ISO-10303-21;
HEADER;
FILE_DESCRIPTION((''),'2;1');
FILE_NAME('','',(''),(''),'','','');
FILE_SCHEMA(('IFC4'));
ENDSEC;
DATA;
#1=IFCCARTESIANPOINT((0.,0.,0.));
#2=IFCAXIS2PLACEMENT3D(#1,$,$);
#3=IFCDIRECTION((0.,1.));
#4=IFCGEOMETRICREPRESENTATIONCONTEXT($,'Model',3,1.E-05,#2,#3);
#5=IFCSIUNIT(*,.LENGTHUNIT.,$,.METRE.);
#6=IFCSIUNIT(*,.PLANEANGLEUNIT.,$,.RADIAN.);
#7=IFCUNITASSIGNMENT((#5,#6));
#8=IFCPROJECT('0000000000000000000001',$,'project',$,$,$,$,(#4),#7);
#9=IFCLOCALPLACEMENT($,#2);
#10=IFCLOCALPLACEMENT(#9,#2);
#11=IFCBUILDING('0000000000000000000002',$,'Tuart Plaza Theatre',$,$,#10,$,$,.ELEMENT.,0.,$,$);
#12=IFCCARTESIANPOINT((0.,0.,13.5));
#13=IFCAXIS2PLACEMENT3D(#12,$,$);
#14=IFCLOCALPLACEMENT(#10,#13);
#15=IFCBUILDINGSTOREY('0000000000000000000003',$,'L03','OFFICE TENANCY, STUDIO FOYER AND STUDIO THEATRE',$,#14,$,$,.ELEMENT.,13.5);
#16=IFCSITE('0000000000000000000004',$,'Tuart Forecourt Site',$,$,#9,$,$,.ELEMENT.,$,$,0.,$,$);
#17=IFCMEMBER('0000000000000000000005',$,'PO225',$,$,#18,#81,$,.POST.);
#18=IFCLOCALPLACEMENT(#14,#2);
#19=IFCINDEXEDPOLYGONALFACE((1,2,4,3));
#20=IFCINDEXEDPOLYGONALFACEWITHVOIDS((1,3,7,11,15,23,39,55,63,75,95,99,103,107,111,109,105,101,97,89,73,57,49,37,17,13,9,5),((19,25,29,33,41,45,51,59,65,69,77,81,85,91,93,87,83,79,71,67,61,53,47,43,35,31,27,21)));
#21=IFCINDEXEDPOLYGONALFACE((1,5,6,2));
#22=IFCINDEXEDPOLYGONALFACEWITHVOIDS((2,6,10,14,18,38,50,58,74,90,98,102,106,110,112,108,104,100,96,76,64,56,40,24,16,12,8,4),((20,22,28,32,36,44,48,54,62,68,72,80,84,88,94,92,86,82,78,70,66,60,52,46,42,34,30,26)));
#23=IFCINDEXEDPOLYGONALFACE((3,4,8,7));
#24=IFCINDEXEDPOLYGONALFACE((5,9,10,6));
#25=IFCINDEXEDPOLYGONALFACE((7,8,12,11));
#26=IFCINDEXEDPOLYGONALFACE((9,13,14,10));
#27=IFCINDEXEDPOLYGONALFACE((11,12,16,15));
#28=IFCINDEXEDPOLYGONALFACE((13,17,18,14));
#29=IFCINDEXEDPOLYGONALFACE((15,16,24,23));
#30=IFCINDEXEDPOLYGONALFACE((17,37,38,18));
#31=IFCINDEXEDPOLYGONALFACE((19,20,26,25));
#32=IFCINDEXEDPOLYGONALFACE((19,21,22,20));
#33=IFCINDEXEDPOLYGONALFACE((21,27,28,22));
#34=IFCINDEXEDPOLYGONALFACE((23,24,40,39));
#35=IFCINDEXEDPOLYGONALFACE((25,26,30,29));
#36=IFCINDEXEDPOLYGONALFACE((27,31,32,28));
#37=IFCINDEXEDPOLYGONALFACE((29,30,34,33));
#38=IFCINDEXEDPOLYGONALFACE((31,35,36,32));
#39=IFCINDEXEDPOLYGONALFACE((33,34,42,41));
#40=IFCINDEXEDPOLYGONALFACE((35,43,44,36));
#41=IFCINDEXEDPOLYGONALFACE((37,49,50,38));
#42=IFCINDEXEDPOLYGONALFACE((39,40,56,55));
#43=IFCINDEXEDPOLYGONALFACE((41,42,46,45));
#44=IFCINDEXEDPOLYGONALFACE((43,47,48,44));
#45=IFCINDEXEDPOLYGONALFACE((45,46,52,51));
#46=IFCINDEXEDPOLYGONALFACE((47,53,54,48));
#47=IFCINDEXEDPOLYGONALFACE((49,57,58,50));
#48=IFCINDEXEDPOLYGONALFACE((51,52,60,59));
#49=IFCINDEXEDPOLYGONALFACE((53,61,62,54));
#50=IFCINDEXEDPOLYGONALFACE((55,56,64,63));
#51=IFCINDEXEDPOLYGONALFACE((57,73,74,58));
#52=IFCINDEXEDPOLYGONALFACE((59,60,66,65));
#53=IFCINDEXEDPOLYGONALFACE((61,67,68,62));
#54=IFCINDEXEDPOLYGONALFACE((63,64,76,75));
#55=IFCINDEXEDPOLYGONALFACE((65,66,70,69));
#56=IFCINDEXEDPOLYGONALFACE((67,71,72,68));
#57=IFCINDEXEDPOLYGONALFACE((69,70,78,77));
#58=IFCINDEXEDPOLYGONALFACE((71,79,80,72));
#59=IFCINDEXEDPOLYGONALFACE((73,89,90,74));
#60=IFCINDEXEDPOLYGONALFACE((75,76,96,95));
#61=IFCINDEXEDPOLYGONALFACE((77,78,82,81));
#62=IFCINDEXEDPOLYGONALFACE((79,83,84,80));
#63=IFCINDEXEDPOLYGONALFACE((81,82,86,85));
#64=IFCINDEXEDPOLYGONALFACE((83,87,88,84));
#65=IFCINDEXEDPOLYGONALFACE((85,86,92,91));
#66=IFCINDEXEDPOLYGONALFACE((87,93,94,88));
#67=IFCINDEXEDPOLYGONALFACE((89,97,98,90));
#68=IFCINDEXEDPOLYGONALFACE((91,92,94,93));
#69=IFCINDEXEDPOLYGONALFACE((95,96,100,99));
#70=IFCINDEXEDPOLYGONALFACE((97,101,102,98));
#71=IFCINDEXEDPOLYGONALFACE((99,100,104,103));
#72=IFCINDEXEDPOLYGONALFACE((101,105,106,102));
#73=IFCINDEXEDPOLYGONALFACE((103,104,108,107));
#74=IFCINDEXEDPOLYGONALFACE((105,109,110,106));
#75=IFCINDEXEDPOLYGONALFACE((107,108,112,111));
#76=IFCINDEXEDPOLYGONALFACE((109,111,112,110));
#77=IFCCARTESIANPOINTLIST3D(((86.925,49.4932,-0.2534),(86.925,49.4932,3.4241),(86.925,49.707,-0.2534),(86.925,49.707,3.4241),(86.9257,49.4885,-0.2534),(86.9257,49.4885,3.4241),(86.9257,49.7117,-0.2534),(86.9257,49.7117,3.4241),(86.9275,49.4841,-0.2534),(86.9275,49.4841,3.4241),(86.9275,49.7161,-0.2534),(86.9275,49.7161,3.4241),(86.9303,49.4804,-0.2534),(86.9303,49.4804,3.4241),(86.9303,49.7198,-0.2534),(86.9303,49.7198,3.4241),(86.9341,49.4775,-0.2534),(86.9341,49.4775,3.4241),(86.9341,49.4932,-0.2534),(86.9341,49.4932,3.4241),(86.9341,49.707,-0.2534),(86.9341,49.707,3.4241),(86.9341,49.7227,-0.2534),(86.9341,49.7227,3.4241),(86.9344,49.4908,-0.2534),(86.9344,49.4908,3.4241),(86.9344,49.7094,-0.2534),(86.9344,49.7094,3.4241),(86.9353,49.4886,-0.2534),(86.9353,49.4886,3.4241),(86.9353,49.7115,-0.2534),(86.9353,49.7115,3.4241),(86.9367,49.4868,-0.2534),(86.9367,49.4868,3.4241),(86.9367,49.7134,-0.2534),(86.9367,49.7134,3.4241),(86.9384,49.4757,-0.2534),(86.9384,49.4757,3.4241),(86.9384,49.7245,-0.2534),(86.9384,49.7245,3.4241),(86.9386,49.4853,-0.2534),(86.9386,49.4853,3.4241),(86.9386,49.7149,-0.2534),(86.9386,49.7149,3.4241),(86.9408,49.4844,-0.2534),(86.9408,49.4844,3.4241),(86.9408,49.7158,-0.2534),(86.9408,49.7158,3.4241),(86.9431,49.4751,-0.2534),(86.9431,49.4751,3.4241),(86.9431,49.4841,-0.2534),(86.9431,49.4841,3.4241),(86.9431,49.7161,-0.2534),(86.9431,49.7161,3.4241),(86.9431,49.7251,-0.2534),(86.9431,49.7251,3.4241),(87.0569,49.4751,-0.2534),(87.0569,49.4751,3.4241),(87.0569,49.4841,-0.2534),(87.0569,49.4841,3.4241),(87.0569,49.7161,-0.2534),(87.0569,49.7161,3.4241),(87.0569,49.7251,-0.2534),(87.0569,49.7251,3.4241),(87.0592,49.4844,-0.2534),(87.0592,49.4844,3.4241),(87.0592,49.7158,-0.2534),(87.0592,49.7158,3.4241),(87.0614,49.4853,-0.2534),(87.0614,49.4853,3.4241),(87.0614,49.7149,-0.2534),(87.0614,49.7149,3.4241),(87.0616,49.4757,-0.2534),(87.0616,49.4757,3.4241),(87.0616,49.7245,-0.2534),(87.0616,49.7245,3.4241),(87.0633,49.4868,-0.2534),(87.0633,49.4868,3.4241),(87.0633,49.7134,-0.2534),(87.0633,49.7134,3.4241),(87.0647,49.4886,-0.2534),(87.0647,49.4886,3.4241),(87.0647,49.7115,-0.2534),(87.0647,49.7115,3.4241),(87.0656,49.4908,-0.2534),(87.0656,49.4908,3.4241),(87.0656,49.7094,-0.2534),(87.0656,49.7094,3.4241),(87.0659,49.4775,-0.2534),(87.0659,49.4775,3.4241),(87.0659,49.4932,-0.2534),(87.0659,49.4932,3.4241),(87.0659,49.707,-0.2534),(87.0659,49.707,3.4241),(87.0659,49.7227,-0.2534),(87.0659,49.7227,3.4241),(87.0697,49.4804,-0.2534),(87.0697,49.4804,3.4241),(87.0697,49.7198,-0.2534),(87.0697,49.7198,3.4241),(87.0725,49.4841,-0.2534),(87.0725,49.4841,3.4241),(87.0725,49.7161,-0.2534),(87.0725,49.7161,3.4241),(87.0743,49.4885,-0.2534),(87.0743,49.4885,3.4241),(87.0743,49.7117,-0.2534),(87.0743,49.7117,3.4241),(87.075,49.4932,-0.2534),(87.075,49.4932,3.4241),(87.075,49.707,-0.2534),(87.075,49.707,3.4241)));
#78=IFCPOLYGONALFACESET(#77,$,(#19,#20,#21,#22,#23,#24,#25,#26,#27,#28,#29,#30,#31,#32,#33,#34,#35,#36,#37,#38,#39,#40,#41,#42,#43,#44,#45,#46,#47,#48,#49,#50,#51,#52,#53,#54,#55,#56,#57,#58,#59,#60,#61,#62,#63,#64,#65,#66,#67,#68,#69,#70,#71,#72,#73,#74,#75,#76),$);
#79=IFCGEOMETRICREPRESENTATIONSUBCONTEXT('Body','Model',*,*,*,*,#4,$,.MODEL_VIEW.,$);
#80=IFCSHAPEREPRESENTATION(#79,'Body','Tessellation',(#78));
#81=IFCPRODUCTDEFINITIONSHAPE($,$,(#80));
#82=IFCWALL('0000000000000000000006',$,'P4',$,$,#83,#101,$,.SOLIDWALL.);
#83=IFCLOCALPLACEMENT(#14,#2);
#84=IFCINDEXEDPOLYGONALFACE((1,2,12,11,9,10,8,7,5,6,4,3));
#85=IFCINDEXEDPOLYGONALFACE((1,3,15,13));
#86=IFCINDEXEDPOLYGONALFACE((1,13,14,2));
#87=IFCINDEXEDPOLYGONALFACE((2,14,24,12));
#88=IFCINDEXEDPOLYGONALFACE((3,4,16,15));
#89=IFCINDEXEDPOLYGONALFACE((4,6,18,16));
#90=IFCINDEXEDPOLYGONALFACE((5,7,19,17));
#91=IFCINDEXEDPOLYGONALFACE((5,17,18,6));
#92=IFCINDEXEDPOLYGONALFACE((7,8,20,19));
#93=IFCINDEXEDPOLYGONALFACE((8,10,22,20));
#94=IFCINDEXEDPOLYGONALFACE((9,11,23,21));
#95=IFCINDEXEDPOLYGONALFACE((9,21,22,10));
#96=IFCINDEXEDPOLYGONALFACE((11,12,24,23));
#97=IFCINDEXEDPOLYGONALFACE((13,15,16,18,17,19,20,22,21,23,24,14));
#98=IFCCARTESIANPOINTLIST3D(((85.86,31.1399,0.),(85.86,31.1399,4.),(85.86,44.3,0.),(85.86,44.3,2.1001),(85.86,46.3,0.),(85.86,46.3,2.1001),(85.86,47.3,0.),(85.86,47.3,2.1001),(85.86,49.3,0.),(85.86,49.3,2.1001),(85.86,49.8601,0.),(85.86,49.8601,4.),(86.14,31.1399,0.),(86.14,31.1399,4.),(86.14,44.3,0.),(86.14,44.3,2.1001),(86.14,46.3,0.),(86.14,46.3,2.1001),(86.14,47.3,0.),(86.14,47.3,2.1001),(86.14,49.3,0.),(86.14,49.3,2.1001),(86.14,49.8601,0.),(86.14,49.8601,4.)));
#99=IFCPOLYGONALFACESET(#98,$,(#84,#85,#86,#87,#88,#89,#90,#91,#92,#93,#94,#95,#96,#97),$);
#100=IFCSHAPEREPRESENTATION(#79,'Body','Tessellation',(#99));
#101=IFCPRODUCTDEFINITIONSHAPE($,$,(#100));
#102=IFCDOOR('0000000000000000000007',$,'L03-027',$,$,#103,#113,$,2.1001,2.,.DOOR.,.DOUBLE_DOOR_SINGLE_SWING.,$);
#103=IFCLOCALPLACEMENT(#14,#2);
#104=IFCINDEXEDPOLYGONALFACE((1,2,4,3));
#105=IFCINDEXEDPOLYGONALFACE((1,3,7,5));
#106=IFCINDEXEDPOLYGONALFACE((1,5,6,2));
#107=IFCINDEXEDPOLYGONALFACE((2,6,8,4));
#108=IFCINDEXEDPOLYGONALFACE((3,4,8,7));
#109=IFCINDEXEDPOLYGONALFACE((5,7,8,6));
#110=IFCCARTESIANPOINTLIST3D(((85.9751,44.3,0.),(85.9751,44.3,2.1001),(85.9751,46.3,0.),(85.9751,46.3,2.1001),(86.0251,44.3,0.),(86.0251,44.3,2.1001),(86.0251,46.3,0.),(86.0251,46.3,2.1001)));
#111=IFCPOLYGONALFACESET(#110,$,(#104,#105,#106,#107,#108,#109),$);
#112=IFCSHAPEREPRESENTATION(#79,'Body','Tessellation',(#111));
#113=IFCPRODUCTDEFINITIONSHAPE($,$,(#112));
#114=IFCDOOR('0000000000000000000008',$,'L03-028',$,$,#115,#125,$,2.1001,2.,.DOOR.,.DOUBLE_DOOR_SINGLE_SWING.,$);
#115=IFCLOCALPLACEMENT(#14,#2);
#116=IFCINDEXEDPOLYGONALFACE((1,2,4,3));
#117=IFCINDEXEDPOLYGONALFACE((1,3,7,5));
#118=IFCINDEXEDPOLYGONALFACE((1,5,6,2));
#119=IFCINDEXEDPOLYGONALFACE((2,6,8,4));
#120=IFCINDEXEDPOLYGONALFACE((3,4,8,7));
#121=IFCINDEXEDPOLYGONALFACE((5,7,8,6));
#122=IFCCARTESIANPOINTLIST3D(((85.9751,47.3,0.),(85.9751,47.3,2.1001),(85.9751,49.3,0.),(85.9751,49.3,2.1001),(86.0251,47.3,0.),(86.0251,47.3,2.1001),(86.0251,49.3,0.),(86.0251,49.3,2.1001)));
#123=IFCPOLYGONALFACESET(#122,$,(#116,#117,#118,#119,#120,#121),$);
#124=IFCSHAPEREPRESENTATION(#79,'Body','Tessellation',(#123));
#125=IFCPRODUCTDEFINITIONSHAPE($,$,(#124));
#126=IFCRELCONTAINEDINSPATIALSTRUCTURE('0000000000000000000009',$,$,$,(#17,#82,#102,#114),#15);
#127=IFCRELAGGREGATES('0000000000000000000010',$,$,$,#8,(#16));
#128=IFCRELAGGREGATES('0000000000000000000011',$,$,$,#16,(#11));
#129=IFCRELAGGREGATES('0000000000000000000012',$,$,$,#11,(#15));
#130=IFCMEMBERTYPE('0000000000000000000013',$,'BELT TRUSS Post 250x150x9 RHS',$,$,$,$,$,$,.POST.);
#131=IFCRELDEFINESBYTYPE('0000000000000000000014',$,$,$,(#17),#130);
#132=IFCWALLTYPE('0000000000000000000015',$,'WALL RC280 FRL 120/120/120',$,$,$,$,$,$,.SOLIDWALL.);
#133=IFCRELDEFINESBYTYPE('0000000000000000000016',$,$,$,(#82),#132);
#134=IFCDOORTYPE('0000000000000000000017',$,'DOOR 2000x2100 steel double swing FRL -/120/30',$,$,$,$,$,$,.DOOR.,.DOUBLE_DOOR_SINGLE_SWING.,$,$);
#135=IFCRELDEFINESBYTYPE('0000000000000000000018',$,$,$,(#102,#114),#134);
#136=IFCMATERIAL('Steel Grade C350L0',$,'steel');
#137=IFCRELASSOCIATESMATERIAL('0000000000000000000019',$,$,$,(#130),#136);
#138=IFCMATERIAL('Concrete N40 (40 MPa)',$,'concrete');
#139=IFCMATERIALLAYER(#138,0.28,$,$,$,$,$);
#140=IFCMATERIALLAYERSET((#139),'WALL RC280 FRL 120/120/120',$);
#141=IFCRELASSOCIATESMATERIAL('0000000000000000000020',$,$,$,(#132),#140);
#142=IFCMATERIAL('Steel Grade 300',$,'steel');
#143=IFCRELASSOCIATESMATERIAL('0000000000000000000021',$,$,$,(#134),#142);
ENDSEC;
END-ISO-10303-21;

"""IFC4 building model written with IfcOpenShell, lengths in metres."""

from ifc_helpers import new_model, si_unit, direction, frame, frame_2d, origin, origin_2d, place, context, subcontext, project, spatial, rectangle, hollow_rectangle, extrude, material, layer, layer_set, material_profile, profile_set, type_object, element, fill, save


model = new_model("IFC4")

# Units and contexts
model_context = context("Model", 3, precision=1e-05, world=origin(), true_north=direction((0.0, 1.0)))
body_context = subcontext(model_context, "Body", "Model", "MODEL_VIEW")
ifc_project = project(units=[si_unit("LENGTHUNIT", "METRE"), si_unit("PLANEANGLEUNIT", "RADIAN")], contexts=[model_context])

# Site, building, storey
site_placement = place(None, origin())
site = spatial("IfcSite", under=ifc_project, at=site_placement, Name="Tuart Forecourt Site", CompositionType="ELEMENT", RefElevation=0.0)
building_placement = place(site_placement, origin())
building = spatial("IfcBuilding", under=site, at=building_placement, Name="Tuart Plaza Theatre", CompositionType="ELEMENT", ElevationOfRefHeight=0.0)
storey_placement = place(building_placement, frame((0.0, 0.0, 13.5)))
storey = spatial("IfcBuildingStorey", under=building, at=storey_placement, Name="L03", Description="OFFICE TENANCY, STUDIO FOYER AND STUDIO THEATRE", CompositionType="ELEMENT", Elevation=13.5)

# Member
ifc_material_1 = material(Name="Steel Grade C350L0", Category="steel")
ifc_material_profile_1 = material_profile(ifc_material_1, hollow_rectangle(XDim=0.1499, YDim=0.25, WallThickness=0.009, InnerFilletRadius=0.009, OuterFilletRadius=0.0181, at=origin_2d()), Name="250x150x9 RHS")
ifc_profile_set_1 = profile_set([ifc_material_profile_1], Name="Steel Grade C350L0")
member_type_1 = type_object("IfcMemberType", Name="BELT TRUSS Post 250x150x9 RHS", PredefinedType="POST", material=ifc_profile_set_1)
for number, where, z_axis, x_axis, name in (
    (1, (87.0, 49.6001, -0.2534), (0.0, 0.0, 1.0), (1.0, 0.0, 0.0), "PO225"),
):
    element("IfcMember", number, at=place(storey_placement, frame(where, z_axis=z_axis, x_axis=x_axis)), inside=storey, type_object=member_type_1, Name=name, PredefinedType="POST", context=body_context, shape_type="SweptSolid", body=[
        extrude(hollow_rectangle(XDim=0.1499, YDim=0.25, WallThickness=0.009, InnerFilletRadius=0.009, OuterFilletRadius=0.0181, at=origin_2d()), origin(), (0.0, 0.0, 1.0), 3.6775),
    ])

# Wall, openings, doors
ifc_material_2 = material(Name="Concrete N40 (40 MPa)", Category="concrete")
ifc_layer = layer(ifc_material_2, 0.28)
ifc_layer_set = layer_set([ifc_layer], Name="WALL RC280 FRL 120/120/120")
wall_type = type_object("IfcWallType", Name="WALL RC280 FRL 120/120/120", PredefinedType="SOLIDWALL", material=ifc_layer_set)
wall_placement = place(storey_placement, frame((86.0, 49.8601, 0.0), z_axis=(0.0, 0.0, 1.0), x_axis=(0.0, -1.0, 0.0)))
wall = element("IfcWall", 2, at=wall_placement, inside=storey, type_object=wall_type, Name="P4", PredefinedType="SOLIDWALL", context=body_context, shape_type="SweptSolid", body=[
    extrude(rectangle(XDim=18.7202, YDim=0.28, at=frame_2d((9.3601, 0.0))), origin(), (0.0, 0.0, 1.0), 4.0),
])
opening_1_placement = place(wall_placement, frame((3.5601, 0.0, 0.0)))
opening_1 = element("IfcOpeningElement", 3, at=opening_1_placement, cuts=wall, PredefinedType="OPENING", context=body_context, shape_type="SweptSolid", body=[
    extrude(rectangle(XDim=2.0, YDim=2.1001, at=frame_2d((1.0, 1.05))), frame((0.0, 0.1499, 0.0), z_axis=(0.0, -1.0, 0.0), x_axis=(1.0, 0.0, 0.0)), (0.0, 0.0, 1.0), 0.3),
])
opening_2_placement = place(wall_placement, frame((0.5601, 0.0, 0.0)))
opening_2 = element("IfcOpeningElement", 4, at=opening_2_placement, cuts=wall, PredefinedType="OPENING", context=body_context, shape_type="SweptSolid", body=[
    extrude(rectangle(XDim=2.0, YDim=2.1001, at=frame_2d((1.0, 1.05))), frame((0.0, 0.1499, 0.0), z_axis=(0.0, -1.0, 0.0), x_axis=(1.0, 0.0, 0.0)), (0.0, 0.0, 1.0), 0.3),
])
ifc_material_3 = material(Name="Steel Grade 300", Category="steel")
door_type = type_object("IfcDoorType", Name="DOOR 2000x2100 steel double swing FRL -/120/30", OperationType="DOUBLE_DOOR_SINGLE_SWING", PredefinedType="DOOR", material=ifc_material_3)
door_1_placement = place(opening_1_placement, frame((2.0, 0.0, 0.0), z_axis=(0.0, 0.0, 1.0), x_axis=(-1.0, 0.0, 0.0)))
door_1 = element("IfcDoor", 5, at=door_1_placement, inside=storey, type_object=door_type, Name="L03-027", OperationType="DOUBLE_DOOR_SINGLE_SWING", OverallHeight=2.1001, OverallWidth=2.0, PredefinedType="DOOR", context=body_context, shape_type="SweptSolid", body=[
    extrude(rectangle(XDim=2.0, YDim=2.1001, at=frame_2d((1.0, 1.05))), frame((0.0, 0.0249, 0.0), z_axis=(0.0, -1.0, 0.0), x_axis=(1.0, 0.0, 0.0)), (0.0, 0.0, 1.0), 0.05),
])
fill(opening_1, door_1)
door_2_placement = place(opening_2_placement, frame((2.0, 0.0, 0.0), z_axis=(0.0, 0.0, 1.0), x_axis=(-1.0, 0.0, 0.0)))
door_2 = element("IfcDoor", 6, at=door_2_placement, inside=storey, type_object=door_type, Name="L03-028", OperationType="DOUBLE_DOOR_SINGLE_SWING", OverallHeight=2.1001, OverallWidth=2.0, PredefinedType="DOOR", context=body_context, shape_type="SweptSolid", body=[
    extrude(rectangle(XDim=2.0, YDim=2.1001, at=frame_2d((1.0, 1.05))), frame((0.0, 0.0249, 0.0), z_axis=(0.0, -1.0, 0.0), x_axis=(1.0, 0.0, 0.0)), (0.0, 0.0, 1.0), 0.05),
])
fill(opening_2, door_2)

save(model, "model.ifc")
